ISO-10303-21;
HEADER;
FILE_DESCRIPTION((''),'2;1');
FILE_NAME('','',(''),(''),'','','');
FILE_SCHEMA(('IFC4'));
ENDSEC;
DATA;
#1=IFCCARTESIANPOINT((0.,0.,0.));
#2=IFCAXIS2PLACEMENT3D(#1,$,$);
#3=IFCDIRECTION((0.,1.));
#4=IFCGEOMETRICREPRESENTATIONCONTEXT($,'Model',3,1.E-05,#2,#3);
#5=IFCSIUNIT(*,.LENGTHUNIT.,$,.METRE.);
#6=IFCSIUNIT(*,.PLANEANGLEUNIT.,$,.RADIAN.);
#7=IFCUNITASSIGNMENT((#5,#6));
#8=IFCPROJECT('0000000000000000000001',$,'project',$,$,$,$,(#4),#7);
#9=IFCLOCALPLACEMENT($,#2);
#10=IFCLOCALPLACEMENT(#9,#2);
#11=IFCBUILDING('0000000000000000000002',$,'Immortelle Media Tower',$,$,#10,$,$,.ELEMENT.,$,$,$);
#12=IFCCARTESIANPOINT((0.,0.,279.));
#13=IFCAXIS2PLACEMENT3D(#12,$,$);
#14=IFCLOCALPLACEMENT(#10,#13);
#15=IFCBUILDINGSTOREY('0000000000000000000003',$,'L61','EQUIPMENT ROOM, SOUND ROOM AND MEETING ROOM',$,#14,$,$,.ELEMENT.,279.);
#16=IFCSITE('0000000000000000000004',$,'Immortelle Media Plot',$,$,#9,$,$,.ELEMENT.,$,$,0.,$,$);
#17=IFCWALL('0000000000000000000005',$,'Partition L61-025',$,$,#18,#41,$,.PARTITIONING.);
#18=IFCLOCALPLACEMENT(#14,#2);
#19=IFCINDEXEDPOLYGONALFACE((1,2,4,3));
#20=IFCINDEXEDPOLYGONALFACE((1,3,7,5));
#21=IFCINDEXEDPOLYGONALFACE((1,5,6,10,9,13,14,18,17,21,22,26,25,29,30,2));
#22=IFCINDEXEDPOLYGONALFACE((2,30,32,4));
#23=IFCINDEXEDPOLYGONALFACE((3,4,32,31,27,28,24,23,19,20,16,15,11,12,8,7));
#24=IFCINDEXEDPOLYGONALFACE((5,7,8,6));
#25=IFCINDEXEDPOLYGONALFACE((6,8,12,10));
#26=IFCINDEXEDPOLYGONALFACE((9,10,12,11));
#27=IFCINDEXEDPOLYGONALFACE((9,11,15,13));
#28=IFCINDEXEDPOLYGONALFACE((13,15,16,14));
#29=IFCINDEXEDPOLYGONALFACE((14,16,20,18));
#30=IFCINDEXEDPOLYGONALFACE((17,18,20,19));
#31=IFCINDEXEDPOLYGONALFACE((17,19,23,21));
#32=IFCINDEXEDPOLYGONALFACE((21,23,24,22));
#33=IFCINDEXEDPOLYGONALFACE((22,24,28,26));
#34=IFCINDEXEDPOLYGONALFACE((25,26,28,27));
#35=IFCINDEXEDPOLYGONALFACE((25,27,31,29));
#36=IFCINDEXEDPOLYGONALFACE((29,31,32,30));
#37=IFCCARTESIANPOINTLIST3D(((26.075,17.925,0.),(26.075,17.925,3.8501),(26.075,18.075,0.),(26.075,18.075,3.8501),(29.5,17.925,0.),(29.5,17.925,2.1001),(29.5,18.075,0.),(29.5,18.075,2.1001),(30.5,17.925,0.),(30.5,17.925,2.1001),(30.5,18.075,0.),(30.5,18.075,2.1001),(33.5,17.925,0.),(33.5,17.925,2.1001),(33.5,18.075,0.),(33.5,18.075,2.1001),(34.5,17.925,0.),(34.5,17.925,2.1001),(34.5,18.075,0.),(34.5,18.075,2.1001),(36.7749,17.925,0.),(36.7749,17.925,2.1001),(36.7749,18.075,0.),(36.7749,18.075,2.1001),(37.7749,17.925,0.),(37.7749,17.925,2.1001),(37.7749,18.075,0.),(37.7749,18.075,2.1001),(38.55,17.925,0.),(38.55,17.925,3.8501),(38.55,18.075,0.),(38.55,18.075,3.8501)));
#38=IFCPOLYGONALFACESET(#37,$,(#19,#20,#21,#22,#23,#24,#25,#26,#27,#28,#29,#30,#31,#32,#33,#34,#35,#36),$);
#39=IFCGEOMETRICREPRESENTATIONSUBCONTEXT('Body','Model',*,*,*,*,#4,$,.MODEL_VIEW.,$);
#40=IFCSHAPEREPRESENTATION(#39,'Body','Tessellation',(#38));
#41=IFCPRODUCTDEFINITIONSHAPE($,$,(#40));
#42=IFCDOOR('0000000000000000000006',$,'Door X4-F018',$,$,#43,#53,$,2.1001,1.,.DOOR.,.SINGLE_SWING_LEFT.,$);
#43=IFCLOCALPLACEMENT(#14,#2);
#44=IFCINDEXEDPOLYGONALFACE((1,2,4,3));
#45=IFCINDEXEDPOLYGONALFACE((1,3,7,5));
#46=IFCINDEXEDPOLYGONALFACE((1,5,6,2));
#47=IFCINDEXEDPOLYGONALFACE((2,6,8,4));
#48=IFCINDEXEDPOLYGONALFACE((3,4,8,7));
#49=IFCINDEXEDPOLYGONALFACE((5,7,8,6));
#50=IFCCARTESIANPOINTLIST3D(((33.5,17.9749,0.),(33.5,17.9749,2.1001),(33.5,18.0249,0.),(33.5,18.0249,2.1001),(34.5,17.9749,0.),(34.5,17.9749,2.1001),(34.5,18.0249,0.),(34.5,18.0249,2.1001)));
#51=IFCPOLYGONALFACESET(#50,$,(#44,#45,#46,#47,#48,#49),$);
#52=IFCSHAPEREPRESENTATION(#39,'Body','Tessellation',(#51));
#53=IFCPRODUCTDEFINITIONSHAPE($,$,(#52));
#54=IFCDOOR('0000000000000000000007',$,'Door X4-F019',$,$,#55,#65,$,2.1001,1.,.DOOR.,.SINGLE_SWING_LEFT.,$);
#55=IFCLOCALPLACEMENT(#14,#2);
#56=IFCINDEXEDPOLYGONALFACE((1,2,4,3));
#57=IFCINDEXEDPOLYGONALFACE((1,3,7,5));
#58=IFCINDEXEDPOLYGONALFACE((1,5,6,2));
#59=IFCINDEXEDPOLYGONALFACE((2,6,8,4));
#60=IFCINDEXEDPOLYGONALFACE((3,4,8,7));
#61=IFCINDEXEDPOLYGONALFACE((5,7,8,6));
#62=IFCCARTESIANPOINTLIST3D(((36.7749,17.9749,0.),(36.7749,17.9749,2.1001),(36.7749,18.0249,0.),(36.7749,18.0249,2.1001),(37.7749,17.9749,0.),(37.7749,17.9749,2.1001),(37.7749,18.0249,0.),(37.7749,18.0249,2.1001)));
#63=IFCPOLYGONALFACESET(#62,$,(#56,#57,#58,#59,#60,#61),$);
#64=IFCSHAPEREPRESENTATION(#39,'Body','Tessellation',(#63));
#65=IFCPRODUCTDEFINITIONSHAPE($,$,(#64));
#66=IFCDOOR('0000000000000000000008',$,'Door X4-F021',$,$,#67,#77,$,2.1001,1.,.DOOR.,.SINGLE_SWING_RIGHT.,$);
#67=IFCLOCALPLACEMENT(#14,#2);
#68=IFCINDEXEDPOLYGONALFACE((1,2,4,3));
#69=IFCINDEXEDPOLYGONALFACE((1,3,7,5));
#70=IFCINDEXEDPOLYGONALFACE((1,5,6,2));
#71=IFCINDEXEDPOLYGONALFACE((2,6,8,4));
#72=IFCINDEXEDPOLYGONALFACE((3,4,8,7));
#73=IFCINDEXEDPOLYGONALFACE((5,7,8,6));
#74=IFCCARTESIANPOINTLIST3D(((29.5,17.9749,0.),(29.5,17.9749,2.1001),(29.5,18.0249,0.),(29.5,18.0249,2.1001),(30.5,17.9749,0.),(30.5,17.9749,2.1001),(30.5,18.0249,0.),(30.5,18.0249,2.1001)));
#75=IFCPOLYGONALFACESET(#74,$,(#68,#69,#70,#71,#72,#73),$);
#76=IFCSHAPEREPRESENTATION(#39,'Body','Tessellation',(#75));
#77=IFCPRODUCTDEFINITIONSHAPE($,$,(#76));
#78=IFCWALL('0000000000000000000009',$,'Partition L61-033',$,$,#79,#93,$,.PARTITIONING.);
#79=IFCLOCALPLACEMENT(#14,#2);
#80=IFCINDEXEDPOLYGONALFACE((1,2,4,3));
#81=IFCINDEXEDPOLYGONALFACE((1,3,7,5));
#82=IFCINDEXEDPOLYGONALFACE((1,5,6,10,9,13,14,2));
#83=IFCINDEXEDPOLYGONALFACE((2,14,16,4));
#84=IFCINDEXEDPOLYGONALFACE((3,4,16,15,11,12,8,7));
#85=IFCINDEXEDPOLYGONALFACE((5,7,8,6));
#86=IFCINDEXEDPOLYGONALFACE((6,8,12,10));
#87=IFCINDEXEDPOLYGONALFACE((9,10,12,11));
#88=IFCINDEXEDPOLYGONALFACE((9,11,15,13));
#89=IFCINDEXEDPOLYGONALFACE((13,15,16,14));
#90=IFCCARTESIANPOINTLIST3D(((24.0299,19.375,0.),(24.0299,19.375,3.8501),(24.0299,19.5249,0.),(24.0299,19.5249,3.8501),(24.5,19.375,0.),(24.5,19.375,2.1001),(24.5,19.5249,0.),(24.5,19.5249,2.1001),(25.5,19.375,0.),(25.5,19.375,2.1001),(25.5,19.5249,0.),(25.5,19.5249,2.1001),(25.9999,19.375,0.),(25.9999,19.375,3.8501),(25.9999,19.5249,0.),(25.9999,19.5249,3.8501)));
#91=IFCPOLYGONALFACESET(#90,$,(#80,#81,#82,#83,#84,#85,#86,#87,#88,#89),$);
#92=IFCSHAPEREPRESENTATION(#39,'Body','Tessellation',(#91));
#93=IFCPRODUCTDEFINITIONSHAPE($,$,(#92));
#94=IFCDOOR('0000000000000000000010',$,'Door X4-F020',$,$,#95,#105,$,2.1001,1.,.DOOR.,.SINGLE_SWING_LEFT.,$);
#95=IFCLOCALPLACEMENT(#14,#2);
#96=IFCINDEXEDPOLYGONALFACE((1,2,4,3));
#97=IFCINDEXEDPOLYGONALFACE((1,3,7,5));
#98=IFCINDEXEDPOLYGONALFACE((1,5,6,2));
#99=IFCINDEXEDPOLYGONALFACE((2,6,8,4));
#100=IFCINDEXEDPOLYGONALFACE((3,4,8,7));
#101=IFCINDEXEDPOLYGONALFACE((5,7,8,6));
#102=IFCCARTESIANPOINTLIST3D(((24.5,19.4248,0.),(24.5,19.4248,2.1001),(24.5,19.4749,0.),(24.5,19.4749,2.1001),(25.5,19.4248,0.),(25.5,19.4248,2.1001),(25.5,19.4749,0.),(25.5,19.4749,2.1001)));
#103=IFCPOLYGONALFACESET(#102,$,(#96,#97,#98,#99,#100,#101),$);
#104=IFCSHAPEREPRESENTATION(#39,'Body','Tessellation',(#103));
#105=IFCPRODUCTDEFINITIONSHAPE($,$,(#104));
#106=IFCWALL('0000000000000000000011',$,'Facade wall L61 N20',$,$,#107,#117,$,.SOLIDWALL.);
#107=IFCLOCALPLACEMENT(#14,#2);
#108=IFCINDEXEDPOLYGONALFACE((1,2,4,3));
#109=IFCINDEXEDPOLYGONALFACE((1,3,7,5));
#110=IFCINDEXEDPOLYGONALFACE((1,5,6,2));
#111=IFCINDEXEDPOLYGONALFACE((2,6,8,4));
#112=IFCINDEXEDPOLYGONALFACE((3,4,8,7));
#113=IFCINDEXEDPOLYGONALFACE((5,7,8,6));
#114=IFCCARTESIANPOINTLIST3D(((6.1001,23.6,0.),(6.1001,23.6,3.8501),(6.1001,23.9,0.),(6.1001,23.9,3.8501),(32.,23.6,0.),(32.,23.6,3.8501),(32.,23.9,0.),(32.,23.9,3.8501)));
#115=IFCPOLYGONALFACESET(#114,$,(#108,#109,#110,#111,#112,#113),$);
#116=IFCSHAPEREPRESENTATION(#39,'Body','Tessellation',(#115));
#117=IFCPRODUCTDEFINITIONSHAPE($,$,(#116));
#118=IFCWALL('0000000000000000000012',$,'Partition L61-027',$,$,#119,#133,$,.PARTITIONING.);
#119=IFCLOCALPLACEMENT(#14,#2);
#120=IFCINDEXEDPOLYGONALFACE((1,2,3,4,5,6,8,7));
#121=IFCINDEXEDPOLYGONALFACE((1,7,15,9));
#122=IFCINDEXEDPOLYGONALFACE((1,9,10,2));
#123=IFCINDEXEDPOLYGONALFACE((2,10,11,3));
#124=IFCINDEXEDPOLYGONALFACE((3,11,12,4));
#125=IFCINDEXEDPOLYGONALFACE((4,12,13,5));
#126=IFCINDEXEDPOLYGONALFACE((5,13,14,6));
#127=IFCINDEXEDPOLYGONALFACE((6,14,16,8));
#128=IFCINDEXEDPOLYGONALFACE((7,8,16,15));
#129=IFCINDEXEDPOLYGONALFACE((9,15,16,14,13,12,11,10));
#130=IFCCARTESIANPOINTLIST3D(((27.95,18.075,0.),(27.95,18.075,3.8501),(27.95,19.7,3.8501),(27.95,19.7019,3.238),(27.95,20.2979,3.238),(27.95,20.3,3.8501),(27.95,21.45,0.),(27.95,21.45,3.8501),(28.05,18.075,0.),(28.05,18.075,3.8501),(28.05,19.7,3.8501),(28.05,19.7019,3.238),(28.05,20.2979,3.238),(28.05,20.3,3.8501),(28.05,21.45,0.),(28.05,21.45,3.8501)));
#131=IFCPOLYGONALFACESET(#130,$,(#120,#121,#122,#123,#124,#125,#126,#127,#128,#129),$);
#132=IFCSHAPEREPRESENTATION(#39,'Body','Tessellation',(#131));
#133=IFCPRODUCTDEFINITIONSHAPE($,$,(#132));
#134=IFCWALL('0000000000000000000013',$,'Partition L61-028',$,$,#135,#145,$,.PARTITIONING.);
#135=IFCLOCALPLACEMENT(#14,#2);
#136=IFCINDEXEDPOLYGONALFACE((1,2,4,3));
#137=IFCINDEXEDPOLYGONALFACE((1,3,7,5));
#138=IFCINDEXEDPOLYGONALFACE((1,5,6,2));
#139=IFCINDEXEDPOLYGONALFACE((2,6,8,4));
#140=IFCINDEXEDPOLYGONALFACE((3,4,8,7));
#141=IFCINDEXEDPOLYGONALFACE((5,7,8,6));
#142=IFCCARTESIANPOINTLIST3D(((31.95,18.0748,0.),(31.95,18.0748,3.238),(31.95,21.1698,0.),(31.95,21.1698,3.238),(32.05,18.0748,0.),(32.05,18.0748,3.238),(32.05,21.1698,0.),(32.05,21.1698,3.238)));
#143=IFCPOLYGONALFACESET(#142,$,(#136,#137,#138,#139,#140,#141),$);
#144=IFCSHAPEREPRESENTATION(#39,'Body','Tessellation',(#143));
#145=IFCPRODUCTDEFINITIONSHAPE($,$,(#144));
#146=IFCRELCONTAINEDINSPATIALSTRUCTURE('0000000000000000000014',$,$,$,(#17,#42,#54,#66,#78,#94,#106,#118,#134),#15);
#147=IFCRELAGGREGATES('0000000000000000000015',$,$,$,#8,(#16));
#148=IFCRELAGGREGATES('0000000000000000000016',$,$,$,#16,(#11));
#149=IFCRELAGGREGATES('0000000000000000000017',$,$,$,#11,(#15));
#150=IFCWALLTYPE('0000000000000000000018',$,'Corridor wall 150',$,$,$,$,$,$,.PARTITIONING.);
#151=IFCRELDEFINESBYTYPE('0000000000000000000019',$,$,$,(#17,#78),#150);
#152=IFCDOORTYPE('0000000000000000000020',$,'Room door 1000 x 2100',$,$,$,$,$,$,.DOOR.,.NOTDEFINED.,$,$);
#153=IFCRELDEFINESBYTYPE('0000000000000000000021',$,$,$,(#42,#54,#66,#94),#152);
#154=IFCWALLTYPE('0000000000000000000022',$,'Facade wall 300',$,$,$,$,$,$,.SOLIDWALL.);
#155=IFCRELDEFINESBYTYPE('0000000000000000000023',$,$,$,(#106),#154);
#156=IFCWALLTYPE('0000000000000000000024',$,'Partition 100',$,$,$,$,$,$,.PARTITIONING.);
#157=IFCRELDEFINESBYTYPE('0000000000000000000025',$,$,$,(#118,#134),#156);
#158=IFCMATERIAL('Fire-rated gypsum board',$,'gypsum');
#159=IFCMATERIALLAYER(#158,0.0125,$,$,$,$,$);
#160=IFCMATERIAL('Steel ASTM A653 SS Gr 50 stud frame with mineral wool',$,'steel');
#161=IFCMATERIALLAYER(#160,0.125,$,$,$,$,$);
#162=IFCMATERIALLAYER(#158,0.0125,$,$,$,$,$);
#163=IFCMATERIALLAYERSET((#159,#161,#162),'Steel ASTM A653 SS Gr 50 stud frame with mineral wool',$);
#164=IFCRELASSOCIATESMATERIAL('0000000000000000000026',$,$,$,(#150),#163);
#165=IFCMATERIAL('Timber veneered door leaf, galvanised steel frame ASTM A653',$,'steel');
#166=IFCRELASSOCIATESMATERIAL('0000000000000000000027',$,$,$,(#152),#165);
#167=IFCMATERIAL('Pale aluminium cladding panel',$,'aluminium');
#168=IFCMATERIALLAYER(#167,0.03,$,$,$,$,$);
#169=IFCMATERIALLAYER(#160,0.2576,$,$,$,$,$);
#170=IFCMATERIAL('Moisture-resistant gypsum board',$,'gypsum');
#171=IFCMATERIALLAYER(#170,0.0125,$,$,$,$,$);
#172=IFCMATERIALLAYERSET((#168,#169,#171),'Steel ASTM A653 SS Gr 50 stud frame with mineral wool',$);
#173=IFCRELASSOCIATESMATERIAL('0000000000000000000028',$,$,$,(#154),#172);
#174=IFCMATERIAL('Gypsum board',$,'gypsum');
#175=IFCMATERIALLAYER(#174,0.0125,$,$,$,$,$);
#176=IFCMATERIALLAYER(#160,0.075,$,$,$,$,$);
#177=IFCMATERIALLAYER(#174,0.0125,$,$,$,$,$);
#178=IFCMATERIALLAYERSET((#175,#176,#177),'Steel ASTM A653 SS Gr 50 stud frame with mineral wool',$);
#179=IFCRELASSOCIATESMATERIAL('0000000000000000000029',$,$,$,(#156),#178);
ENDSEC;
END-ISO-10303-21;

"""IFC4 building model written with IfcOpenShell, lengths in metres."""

from ifc_helpers import new_model, si_unit, direction, frame, frame_2d, origin, place, context, subcontext, project, spatial, polyline, rectangle, outline, extrude, material, layer, layer_set, type_object, element, fill, save


model = new_model("IFC4")

# Units and contexts
model_context = context("Model", 3, precision=1e-05, world=origin(), true_north=direction((0.0, 1.0)))
body_context = subcontext(model_context, "Body", "Model", "MODEL_VIEW")
ifc_project = project(units=[si_unit("LENGTHUNIT", "METRE"), si_unit("PLANEANGLEUNIT", "RADIAN")], contexts=[model_context])

# Site, building, storey
site_placement = place(None, origin())
site = spatial("IfcSite", under=ifc_project, at=site_placement, Name="Immortelle Media Plot", CompositionType="ELEMENT", RefElevation=0.0)
building_placement = place(site_placement, origin())
building = spatial("IfcBuilding", under=site, at=building_placement, Name="Immortelle Media Tower", CompositionType="ELEMENT")
storey_placement = place(building_placement, frame((0.0, 0.0, 279.0)))
storey = spatial("IfcBuildingStorey", under=building, at=storey_placement, Name="L61", Description="EQUIPMENT ROOM, SOUND ROOM AND MEETING ROOM", CompositionType="ELEMENT", Elevation=279.0)

# Shared definitions
ifc_material_1 = material(Name="Fire-rated gypsum board", Category="gypsum")
ifc_material_2 = material(Name="Steel ASTM A653 SS Gr 50 stud frame with mineral wool", Category="steel")

# Wall, openings, doors
ifc_layer_1 = layer(ifc_material_1, 0.0125)
ifc_layer_2 = layer(ifc_material_2, 0.125)
ifc_layer_3 = layer(ifc_material_1, 0.0125)
ifc_layer_set_1 = layer_set([ifc_layer_1, ifc_layer_2, ifc_layer_3], Name="Steel ASTM A653 SS Gr 50 stud frame with mineral wool")
wall_type_1 = type_object("IfcWallType", Name="Corridor wall 150", PredefinedType="PARTITIONING", material=ifc_layer_set_1)
wall_1_placement = place(storey_placement, frame((26.075, 18.0, 0.0), z_axis=(0.0, 0.0, 1.0), x_axis=(1.0, 0.0, 0.0)))
wall_1 = element("IfcWall", 1, at=wall_1_placement, inside=storey, type_object=wall_type_1, Name="Partition L61-025", PredefinedType="PARTITIONING", context=body_context, shape_type="SweptSolid", body=[
    extrude(rectangle(XDim=12.4751, YDim=0.1499, at=frame_2d((6.2375, 0.0))), origin(), (0.0, 0.0, 1.0), 3.8501),
])
opening_1_placement = place(wall_1_placement, frame((7.425, 0.0, 0.0)))
opening_1 = element("IfcOpeningElement", 2, at=opening_1_placement, cuts=wall_1, PredefinedType="OPENING", context=body_context, shape_type="SweptSolid", body=[
    extrude(rectangle(XDim=1.0, YDim=2.1001, at=frame_2d((0.5, 1.05))), frame((0.0, 0.085, 0.0), z_axis=(0.0, -1.0, 0.0), x_axis=(1.0, 0.0, 0.0)), (0.0, 0.0, 1.0), 0.1699),
])
opening_2_placement = place(wall_1_placement, frame((10.7, 0.0, 0.0)))
opening_2 = element("IfcOpeningElement", 3, at=opening_2_placement, cuts=wall_1, PredefinedType="OPENING", context=body_context, shape_type="SweptSolid", body=[
    extrude(rectangle(XDim=1.0, YDim=2.1001, at=frame_2d((0.5, 1.05))), frame((0.0, 0.085, 0.0), z_axis=(0.0, -1.0, 0.0), x_axis=(1.0, 0.0, 0.0)), (0.0, 0.0, 1.0), 0.1699),
])
opening_3_placement = place(wall_1_placement, frame((3.425, 0.0, 0.0)))
opening_3 = element("IfcOpeningElement", 4, at=opening_3_placement, cuts=wall_1, PredefinedType="OPENING", context=body_context, shape_type="SweptSolid", body=[
    extrude(rectangle(XDim=1.0, YDim=2.1001, at=frame_2d((0.5, 1.05))), frame((0.0, 0.085, 0.0), z_axis=(0.0, -1.0, 0.0), x_axis=(1.0, 0.0, 0.0)), (0.0, 0.0, 1.0), 0.1699),
])
ifc_material_3 = material(Name="Timber veneered door leaf, galvanised steel frame ASTM A653", Category="steel")
door_type = type_object("IfcDoorType", Name="Room door 1000 x 2100", OperationType="NOTDEFINED", PredefinedType="DOOR", material=ifc_material_3)
door_1_placement = place(opening_1_placement, origin())
door_1 = element("IfcDoor", 5, at=door_1_placement, inside=storey, type_object=door_type, Name="Door X4-F018", OperationType="SINGLE_SWING_LEFT", OverallHeight=2.1001, OverallWidth=1.0, PredefinedType="DOOR", context=body_context, shape_type="SweptSolid", body=[
    extrude(rectangle(XDim=1.0, YDim=2.1001, at=frame_2d((0.5, 1.05))), frame((0.0, 0.0249, 0.0), z_axis=(0.0, -1.0, 0.0), x_axis=(1.0, 0.0, 0.0)), (0.0, 0.0, 1.0), 0.05),
])
fill(opening_1, door_1)
door_2_placement = place(opening_2_placement, origin())
door_2 = element("IfcDoor", 6, at=door_2_placement, inside=storey, type_object=door_type, Name="Door X4-F019", OperationType="SINGLE_SWING_LEFT", OverallHeight=2.1001, OverallWidth=1.0, PredefinedType="DOOR", context=body_context, shape_type="SweptSolid", body=[
    extrude(rectangle(XDim=1.0, YDim=2.1001, at=frame_2d((0.5, 1.05))), frame((0.0, 0.0249, 0.0), z_axis=(0.0, -1.0, 0.0), x_axis=(1.0, 0.0, 0.0)), (0.0, 0.0, 1.0), 0.05),
])
fill(opening_2, door_2)
door_3_placement = place(opening_3_placement, origin())
door_3 = element("IfcDoor", 7, at=door_3_placement, inside=storey, type_object=door_type, Name="Door X4-F021", OperationType="SINGLE_SWING_RIGHT", OverallHeight=2.1001, OverallWidth=1.0, PredefinedType="DOOR", context=body_context, shape_type="SweptSolid", body=[
    extrude(rectangle(XDim=1.0, YDim=2.1001, at=frame_2d((0.5, 1.05))), frame((0.0, 0.0249, 0.0), z_axis=(0.0, -1.0, 0.0), x_axis=(1.0, 0.0, 0.0)), (0.0, 0.0, 1.0), 0.05),
])
fill(opening_3, door_3)

# Wall, opening, door
wall_2_placement = place(storey_placement, frame((24.03, 19.45, 0.0), z_axis=(0.0, 0.0, 1.0), x_axis=(1.0, 0.0, 0.0)))
wall_2 = element("IfcWall", 8, at=wall_2_placement, inside=storey, type_object=wall_type_1, Name="Partition L61-033", PredefinedType="PARTITIONING", context=body_context, shape_type="SweptSolid", body=[
    extrude(rectangle(XDim=1.97, YDim=0.1499, at=frame_2d((0.9849, 0.0))), origin(), (0.0, 0.0, 1.0), 3.8501),
])
opening_4_placement = place(wall_2_placement, frame((0.47, 0.0, 0.0)))
opening_4 = element("IfcOpeningElement", 9, at=opening_4_placement, cuts=wall_2, PredefinedType="OPENING", context=body_context, shape_type="SweptSolid", body=[
    extrude(rectangle(XDim=1.0, YDim=2.1001, at=frame_2d((0.5, 1.05))), frame((0.0, 0.085, 0.0), z_axis=(0.0, -1.0, 0.0), x_axis=(1.0, 0.0, 0.0)), (0.0, 0.0, 1.0), 0.1699),
])
door_4_placement = place(opening_4_placement, origin())
door_4 = element("IfcDoor", 10, at=door_4_placement, inside=storey, type_object=door_type, Name="Door X4-F020", OperationType="SINGLE_SWING_LEFT", OverallHeight=2.1001, OverallWidth=1.0, PredefinedType="DOOR", context=body_context, shape_type="SweptSolid", body=[
    extrude(rectangle(XDim=1.0, YDim=2.1001, at=frame_2d((0.5, 1.05))), frame((0.0, 0.0249, 0.0), z_axis=(0.0, -1.0, 0.0), x_axis=(1.0, 0.0, 0.0)), (0.0, 0.0, 1.0), 0.05),
])
fill(opening_4, door_4)

# Walls
ifc_material_4 = material(Name="Pale aluminium cladding panel", Category="aluminium")
ifc_layer_4 = layer(ifc_material_4, 0.03)
ifc_layer_5 = layer(ifc_material_2, 0.2576)
ifc_material_5 = material(Name="Moisture-resistant gypsum board", Category="gypsum")
ifc_layer_6 = layer(ifc_material_5, 0.0125)
ifc_layer_set_2 = layer_set([ifc_layer_4, ifc_layer_5, ifc_layer_6], Name="Steel ASTM A653 SS Gr 50 stud frame with mineral wool")
wall_type_2 = type_object("IfcWallType", Name="Facade wall 300", PredefinedType="SOLIDWALL", material=ifc_layer_set_2)
wall_3_placement = place(storey_placement, frame((32.0, 23.75, 0.0), z_axis=(0.0, 0.0, 1.0), x_axis=(-1.0, 0.0, 0.0)))
element("IfcWall", 11, at=wall_3_placement, inside=storey, type_object=wall_type_2, Name="Facade wall L61 N20", PredefinedType="SOLIDWALL", context=body_context, shape_type="SweptSolid", body=[
    extrude(rectangle(XDim=25.8999, YDim=0.3, at=frame_2d((12.95, 0.0))), origin(), (0.0, 0.0, 1.0), 3.8501),
])
ifc_material_6 = material(Name="Gypsum board", Category="gypsum")
ifc_layer_7 = layer(ifc_material_6, 0.0125)
ifc_layer_8 = layer(ifc_material_2, 0.075)
ifc_layer_9 = layer(ifc_material_6, 0.0125)
ifc_layer_set_3 = layer_set([ifc_layer_7, ifc_layer_8, ifc_layer_9], Name="Steel ASTM A653 SS Gr 50 stud frame with mineral wool")
wall_type_3 = type_object("IfcWallType", Name="Partition 100", PredefinedType="PARTITIONING", material=ifc_layer_set_3)
wall_4_placement = place(storey_placement, frame((28.0, 18.075, 0.0), z_axis=(0.0, 0.0, 1.0), x_axis=(0.0, 1.0, 0.0)))
element("IfcWall", 12, at=wall_4_placement, inside=storey, type_object=wall_type_3, Name="Partition L61-027", PredefinedType="PARTITIONING", context=body_context, shape_type="SweptSolid", body=[
    extrude(outline(polyline([(0.0, 0.0), (3.375, 0.0), (3.375, 3.8501), (2.2251, 3.8501), (2.2229, 3.238), (1.627, 3.238), (1.625, 3.8501), (0.0, 3.8501), (0.0, 0.0)])), frame((0.0, 0.05, 0.0), z_axis=(0.0, -1.0, 0.0), x_axis=(1.0, 0.0, 0.0)), (0.0, 0.0, 1.0), 0.1001),
])
wall_5_placement = place(storey_placement, frame((32.0, 18.075, 0.0), z_axis=(0.0, 0.0, 1.0), x_axis=(0.0, 1.0, 0.0)))
element("IfcWall", 13, at=wall_5_placement, inside=storey, type_object=wall_type_3, Name="Partition L61-028", PredefinedType="PARTITIONING", context=body_context, shape_type="SweptSolid", body=[
    extrude(rectangle(XDim=3.095, YDim=0.1001, at=frame_2d((1.5474, 0.0))), origin(), (0.0, 0.0, 1.0), 3.238),
])

save(model, "model.ifc")
